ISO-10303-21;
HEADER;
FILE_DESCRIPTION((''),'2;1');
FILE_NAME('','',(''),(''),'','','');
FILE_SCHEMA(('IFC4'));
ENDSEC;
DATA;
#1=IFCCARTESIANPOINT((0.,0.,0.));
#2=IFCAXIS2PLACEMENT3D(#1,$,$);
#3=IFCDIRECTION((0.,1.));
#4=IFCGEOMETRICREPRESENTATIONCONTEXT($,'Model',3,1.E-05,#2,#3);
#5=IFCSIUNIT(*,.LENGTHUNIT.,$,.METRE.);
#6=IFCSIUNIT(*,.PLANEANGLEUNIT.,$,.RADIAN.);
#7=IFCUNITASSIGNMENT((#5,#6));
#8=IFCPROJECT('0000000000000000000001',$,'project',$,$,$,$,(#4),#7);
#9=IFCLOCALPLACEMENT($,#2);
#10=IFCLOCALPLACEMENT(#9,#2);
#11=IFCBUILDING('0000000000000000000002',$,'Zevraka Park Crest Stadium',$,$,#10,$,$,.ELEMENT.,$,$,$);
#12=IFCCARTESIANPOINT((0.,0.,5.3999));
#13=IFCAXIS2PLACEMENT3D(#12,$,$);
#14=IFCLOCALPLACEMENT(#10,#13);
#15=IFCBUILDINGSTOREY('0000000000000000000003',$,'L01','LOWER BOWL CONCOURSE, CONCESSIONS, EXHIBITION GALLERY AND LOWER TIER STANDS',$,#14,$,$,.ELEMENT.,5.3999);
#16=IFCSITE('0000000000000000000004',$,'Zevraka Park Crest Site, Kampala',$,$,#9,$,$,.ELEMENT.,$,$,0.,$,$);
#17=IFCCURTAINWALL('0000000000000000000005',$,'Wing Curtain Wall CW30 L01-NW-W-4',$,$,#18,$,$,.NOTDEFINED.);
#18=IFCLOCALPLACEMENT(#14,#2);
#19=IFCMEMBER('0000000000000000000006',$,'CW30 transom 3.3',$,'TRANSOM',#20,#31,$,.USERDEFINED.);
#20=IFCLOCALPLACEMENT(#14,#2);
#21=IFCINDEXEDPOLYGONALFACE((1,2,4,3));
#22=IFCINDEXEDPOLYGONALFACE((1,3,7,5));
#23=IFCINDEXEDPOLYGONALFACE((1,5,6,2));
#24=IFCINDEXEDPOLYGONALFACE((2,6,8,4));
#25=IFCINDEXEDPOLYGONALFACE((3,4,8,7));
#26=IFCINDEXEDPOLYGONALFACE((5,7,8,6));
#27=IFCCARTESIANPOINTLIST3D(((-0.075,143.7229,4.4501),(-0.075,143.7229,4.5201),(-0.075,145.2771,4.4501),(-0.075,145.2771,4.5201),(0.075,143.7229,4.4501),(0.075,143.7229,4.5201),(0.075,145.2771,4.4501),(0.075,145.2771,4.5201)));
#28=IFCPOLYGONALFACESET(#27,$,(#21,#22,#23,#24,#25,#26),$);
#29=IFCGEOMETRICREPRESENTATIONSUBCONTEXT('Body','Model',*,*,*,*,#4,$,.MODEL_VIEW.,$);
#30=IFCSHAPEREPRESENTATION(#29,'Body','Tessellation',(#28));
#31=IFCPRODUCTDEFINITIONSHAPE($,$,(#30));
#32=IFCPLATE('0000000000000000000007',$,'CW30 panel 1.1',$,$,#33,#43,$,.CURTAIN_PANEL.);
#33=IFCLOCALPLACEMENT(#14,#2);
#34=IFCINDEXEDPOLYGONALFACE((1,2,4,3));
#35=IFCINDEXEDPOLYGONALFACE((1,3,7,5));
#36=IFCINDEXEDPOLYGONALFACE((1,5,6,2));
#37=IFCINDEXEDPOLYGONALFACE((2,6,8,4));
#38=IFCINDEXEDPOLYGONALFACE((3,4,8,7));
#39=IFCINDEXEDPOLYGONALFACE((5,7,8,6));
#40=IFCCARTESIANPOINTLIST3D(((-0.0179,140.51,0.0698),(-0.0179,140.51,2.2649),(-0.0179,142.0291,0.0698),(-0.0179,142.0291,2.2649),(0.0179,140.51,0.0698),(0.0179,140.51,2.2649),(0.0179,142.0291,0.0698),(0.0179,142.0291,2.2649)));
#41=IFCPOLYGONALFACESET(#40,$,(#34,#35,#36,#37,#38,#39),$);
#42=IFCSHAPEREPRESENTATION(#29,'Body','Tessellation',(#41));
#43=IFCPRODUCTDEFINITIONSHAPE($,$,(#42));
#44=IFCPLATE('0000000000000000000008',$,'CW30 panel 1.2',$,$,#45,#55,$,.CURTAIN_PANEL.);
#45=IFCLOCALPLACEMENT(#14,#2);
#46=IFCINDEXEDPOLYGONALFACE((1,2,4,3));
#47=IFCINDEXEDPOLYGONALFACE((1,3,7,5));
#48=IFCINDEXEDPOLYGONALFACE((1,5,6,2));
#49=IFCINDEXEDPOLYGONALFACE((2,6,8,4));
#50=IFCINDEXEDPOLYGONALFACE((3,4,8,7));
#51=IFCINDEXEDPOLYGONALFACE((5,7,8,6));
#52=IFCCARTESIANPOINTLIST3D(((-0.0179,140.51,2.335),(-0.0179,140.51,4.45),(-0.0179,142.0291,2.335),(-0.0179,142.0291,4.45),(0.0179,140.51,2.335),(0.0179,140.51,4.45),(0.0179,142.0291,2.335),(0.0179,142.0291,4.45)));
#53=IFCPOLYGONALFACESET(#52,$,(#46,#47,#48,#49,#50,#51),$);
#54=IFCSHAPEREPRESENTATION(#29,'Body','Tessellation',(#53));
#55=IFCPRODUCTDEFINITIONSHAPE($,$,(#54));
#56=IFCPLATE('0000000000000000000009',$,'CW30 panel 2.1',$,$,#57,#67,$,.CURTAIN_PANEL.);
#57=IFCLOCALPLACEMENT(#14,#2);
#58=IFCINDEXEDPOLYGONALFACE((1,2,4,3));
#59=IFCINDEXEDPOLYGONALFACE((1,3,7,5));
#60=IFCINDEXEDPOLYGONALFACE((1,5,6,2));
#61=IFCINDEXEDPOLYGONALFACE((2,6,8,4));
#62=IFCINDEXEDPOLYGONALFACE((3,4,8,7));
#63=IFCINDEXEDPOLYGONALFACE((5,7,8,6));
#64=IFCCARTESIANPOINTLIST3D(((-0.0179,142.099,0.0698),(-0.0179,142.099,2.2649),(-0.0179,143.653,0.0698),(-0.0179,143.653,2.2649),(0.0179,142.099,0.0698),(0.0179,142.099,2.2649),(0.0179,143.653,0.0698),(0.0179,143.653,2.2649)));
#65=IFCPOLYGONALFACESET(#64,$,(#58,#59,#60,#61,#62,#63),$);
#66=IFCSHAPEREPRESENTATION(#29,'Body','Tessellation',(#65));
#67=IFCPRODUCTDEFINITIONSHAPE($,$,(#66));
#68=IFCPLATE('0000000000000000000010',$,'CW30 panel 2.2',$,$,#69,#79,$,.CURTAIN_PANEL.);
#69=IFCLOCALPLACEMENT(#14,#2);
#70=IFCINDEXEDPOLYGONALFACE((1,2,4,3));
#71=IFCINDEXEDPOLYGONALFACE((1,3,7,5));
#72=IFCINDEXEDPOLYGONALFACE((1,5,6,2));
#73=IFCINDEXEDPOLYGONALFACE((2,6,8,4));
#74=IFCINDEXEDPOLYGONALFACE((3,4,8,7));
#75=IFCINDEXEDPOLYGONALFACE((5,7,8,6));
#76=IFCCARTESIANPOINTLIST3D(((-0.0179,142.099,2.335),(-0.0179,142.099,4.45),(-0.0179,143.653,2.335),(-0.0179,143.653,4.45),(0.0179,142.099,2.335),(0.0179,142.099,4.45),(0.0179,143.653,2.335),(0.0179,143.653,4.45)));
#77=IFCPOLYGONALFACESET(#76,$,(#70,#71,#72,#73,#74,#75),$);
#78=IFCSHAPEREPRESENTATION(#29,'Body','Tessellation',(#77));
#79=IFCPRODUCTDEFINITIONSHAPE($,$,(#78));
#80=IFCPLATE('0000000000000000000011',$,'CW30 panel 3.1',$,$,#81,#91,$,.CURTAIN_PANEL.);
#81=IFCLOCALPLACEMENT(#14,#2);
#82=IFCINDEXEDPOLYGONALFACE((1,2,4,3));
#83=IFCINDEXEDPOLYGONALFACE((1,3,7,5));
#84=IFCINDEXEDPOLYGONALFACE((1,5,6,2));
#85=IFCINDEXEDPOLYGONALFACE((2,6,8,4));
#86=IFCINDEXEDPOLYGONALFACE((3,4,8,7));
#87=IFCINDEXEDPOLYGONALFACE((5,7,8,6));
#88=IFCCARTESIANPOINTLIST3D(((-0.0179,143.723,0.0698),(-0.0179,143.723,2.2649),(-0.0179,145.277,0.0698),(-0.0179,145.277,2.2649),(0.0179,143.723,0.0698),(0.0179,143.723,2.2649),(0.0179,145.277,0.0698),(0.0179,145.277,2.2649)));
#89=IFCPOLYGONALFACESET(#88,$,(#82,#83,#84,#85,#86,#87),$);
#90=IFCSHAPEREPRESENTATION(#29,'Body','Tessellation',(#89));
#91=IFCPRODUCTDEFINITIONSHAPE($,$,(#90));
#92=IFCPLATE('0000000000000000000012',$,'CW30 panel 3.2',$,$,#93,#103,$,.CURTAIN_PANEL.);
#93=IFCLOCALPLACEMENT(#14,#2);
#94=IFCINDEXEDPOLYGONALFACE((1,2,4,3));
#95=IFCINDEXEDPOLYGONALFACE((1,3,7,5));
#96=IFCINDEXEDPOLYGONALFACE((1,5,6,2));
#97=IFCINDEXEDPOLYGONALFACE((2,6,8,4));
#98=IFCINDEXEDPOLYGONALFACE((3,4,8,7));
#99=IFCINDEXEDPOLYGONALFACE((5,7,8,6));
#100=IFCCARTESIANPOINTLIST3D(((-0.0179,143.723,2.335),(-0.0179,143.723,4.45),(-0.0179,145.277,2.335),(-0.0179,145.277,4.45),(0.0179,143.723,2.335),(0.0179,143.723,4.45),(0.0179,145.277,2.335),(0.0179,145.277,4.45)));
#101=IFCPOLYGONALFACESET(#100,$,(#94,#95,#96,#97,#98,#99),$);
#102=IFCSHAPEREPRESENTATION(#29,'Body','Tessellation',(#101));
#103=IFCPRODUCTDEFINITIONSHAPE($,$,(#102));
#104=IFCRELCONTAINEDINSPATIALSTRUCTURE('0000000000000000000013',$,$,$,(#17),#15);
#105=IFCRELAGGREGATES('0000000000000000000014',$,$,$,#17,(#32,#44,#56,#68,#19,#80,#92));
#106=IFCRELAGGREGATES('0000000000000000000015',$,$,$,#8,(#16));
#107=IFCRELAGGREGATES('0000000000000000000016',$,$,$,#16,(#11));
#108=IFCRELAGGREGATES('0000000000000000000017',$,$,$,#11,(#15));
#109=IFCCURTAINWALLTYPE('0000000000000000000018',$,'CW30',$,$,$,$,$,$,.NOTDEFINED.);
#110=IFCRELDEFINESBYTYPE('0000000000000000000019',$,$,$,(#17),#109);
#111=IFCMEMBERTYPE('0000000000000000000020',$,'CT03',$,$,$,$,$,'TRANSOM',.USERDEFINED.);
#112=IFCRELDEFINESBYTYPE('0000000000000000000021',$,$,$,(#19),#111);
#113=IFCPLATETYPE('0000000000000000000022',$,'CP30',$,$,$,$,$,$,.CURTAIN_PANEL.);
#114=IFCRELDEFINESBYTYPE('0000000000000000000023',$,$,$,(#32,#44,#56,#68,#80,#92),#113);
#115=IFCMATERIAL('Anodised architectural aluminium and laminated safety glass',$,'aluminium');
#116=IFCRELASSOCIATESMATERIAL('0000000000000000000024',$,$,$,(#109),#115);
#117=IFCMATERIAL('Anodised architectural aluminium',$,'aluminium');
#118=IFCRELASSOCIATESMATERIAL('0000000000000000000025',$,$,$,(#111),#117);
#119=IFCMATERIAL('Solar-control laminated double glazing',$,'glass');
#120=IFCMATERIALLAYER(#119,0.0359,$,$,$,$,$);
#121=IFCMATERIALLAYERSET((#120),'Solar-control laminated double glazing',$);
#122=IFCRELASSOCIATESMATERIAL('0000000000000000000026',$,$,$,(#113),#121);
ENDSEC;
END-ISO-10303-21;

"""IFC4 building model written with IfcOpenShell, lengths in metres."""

from ifc_helpers import new_model, si_unit, direction, frame, origin, origin_2d, place, context, subcontext, project, spatial, rectangle, extrude, material, layer, layer_set, material_profile, profile_set, type_object, element, aggregate, save


model = new_model("IFC4")

# Units and contexts
model_context = context("Model", 3, precision=1e-05, world=origin(), true_north=direction((0.0, 1.0)))
body_context = subcontext(model_context, "Body", "Model", "MODEL_VIEW")
ifc_project = project(units=[si_unit("LENGTHUNIT", "METRE"), si_unit("PLANEANGLEUNIT", "RADIAN")], contexts=[model_context])

# Site, building, storey
site_placement = place(None, origin())
site = spatial("IfcSite", under=ifc_project, at=site_placement, Name="Zevraka Park Crest Site, Kampala", CompositionType="ELEMENT", RefElevation=0.0)
building_placement = place(site_placement, origin())
building = spatial("IfcBuilding", under=site, at=building_placement, Name="Zevraka Park Crest Stadium", CompositionType="ELEMENT")
storey_placement = place(building_placement, frame((0.0, 0.0, 5.3999)))
storey = spatial("IfcBuildingStorey", under=building, at=storey_placement, Name="L01", Description="LOWER BOWL CONCOURSE, CONCESSIONS, EXHIBITION GALLERY AND LOWER TIER STANDS", CompositionType="ELEMENT", Elevation=5.3999)

# Curtain wall, member, plates
ifc_material_1 = material(Name="Anodised architectural aluminium and laminated safety glass", Category="aluminium")
curtain_wall_type = type_object("IfcCurtainWallType", Name="CW30", PredefinedType="NOTDEFINED", material=ifc_material_1)
curtain_wall_placement = place(storey_placement, origin())
curtain_wall = element("IfcCurtainWall", 1, at=curtain_wall_placement, inside=storey, type_object=curtain_wall_type, Name="Wing Curtain Wall CW30 L01-NW-W-4", PredefinedType="NOTDEFINED")
ifc_material_2 = material(Name="Anodised architectural aluminium", Category="aluminium")
ifc_material_profile_1 = material_profile(ifc_material_2, rectangle(XDim=0.1499, YDim=0.0701, at=origin_2d()), Name="ALU TRANSOM 150x70")
ifc_profile_set_1 = profile_set([ifc_material_profile_1], Name="Anodised architectural aluminium")
member_type_1 = type_object("IfcMemberType", Name="CT03", ElementType="TRANSOM", PredefinedType="USERDEFINED", material=ifc_profile_set_1)
member_1_placement = place(storey_placement, frame((0.0, 143.7229, 4.4851), z_axis=(0.0, 1.0, 0.0), x_axis=(-1.0, 0.0, 0.0)))
member_1 = element("IfcMember", 2, at=member_1_placement, type_object=member_type_1, Name="CW30 transom 3.3", ObjectType="TRANSOM", PredefinedType="USERDEFINED", context=body_context, shape_type="SweptSolid", body=[
    extrude(rectangle(XDim=0.1499, YDim=0.0701, at=origin_2d()), origin(), (0.0, 0.0, 1.0), 1.5542),
])
ifc_material_3 = material(Name="Solar-control laminated double glazing", Category="glass")
ifc_layer = layer(ifc_material_3, 0.0359)
ifc_layer_set = layer_set([ifc_layer], Name="Solar-control laminated double glazing")
plate_type = type_object("IfcPlateType", Name="CP30", PredefinedType="CURTAIN_PANEL", material=ifc_layer_set)
plate_1_placement = place(storey_placement, frame((0.0, 141.2695, 0.0698), z_axis=(0.0, 0.0, 1.0), x_axis=(0.0, 1.0, 0.0)))
plate_1 = element("IfcPlate", 3, at=plate_1_placement, type_object=plate_type, Name="CW30 panel 1.1", PredefinedType="CURTAIN_PANEL", context=body_context, shape_type="SweptSolid", body=[
    extrude(rectangle(XDim=1.519, YDim=0.0359, at=origin_2d()), origin(), (0.0, 0.0, 1.0), 2.1951),
])
plate_2_placement = place(storey_placement, frame((0.0, 141.2695, 2.335), z_axis=(0.0, 0.0, 1.0), x_axis=(0.0, 1.0, 0.0)))
plate_2 = element("IfcPlate", 4, at=plate_2_placement, type_object=plate_type, Name="CW30 panel 1.2", PredefinedType="CURTAIN_PANEL", context=body_context, shape_type="SweptSolid", body=[
    extrude(rectangle(XDim=1.519, YDim=0.0359, at=origin_2d()), origin(), (0.0, 0.0, 1.0), 2.115),
])
plate_3_placement = place(storey_placement, frame((0.0, 142.876, 0.0698), z_axis=(0.0, 0.0, 1.0), x_axis=(0.0, 1.0, 0.0)))
plate_3 = element("IfcPlate", 5, at=plate_3_placement, type_object=plate_type, Name="CW30 panel 2.1", PredefinedType="CURTAIN_PANEL", context=body_context, shape_type="SweptSolid", body=[
    extrude(rectangle(XDim=1.554, YDim=0.0359, at=origin_2d()), origin(), (0.0, 0.0, 1.0), 2.1951),
])
plate_4_placement = place(storey_placement, frame((0.0, 142.876, 2.335), z_axis=(0.0, 0.0, 1.0), x_axis=(0.0, 1.0, 0.0)))
plate_4 = element("IfcPlate", 6, at=plate_4_placement, type_object=plate_type, Name="CW30 panel 2.2", PredefinedType="CURTAIN_PANEL", context=body_context, shape_type="SweptSolid", body=[
    extrude(rectangle(XDim=1.554, YDim=0.0359, at=origin_2d()), origin(), (0.0, 0.0, 1.0), 2.115),
])
plate_5_placement = place(storey_placement, frame((0.0, 144.5, 0.0698), z_axis=(0.0, 0.0, 1.0), x_axis=(0.0, 1.0, 0.0)))
plate_5 = element("IfcPlate", 7, at=plate_5_placement, type_object=plate_type, Name="CW30 panel 3.1", PredefinedType="CURTAIN_PANEL", context=body_context, shape_type="SweptSolid", body=[
    extrude(rectangle(XDim=1.554, YDim=0.0359, at=origin_2d()), origin(), (0.0, 0.0, 1.0), 2.1951),
])
plate_6_placement = place(storey_placement, frame((0.0, 144.5, 2.335), z_axis=(0.0, 0.0, 1.0), x_axis=(0.0, 1.0, 0.0)))
plate_6 = element("IfcPlate", 8, at=plate_6_placement, type_object=plate_type, Name="CW30 panel 3.2", PredefinedType="CURTAIN_PANEL", context=body_context, shape_type="SweptSolid", body=[
    extrude(rectangle(XDim=1.554, YDim=0.0359, at=origin_2d()), origin(), (0.0, 0.0, 1.0), 2.115),
])
aggregate(curtain_wall, [plate_1, plate_2, plate_3, plate_4, member_1, plate_5, plate_6])

save(model, "model.ifc")
